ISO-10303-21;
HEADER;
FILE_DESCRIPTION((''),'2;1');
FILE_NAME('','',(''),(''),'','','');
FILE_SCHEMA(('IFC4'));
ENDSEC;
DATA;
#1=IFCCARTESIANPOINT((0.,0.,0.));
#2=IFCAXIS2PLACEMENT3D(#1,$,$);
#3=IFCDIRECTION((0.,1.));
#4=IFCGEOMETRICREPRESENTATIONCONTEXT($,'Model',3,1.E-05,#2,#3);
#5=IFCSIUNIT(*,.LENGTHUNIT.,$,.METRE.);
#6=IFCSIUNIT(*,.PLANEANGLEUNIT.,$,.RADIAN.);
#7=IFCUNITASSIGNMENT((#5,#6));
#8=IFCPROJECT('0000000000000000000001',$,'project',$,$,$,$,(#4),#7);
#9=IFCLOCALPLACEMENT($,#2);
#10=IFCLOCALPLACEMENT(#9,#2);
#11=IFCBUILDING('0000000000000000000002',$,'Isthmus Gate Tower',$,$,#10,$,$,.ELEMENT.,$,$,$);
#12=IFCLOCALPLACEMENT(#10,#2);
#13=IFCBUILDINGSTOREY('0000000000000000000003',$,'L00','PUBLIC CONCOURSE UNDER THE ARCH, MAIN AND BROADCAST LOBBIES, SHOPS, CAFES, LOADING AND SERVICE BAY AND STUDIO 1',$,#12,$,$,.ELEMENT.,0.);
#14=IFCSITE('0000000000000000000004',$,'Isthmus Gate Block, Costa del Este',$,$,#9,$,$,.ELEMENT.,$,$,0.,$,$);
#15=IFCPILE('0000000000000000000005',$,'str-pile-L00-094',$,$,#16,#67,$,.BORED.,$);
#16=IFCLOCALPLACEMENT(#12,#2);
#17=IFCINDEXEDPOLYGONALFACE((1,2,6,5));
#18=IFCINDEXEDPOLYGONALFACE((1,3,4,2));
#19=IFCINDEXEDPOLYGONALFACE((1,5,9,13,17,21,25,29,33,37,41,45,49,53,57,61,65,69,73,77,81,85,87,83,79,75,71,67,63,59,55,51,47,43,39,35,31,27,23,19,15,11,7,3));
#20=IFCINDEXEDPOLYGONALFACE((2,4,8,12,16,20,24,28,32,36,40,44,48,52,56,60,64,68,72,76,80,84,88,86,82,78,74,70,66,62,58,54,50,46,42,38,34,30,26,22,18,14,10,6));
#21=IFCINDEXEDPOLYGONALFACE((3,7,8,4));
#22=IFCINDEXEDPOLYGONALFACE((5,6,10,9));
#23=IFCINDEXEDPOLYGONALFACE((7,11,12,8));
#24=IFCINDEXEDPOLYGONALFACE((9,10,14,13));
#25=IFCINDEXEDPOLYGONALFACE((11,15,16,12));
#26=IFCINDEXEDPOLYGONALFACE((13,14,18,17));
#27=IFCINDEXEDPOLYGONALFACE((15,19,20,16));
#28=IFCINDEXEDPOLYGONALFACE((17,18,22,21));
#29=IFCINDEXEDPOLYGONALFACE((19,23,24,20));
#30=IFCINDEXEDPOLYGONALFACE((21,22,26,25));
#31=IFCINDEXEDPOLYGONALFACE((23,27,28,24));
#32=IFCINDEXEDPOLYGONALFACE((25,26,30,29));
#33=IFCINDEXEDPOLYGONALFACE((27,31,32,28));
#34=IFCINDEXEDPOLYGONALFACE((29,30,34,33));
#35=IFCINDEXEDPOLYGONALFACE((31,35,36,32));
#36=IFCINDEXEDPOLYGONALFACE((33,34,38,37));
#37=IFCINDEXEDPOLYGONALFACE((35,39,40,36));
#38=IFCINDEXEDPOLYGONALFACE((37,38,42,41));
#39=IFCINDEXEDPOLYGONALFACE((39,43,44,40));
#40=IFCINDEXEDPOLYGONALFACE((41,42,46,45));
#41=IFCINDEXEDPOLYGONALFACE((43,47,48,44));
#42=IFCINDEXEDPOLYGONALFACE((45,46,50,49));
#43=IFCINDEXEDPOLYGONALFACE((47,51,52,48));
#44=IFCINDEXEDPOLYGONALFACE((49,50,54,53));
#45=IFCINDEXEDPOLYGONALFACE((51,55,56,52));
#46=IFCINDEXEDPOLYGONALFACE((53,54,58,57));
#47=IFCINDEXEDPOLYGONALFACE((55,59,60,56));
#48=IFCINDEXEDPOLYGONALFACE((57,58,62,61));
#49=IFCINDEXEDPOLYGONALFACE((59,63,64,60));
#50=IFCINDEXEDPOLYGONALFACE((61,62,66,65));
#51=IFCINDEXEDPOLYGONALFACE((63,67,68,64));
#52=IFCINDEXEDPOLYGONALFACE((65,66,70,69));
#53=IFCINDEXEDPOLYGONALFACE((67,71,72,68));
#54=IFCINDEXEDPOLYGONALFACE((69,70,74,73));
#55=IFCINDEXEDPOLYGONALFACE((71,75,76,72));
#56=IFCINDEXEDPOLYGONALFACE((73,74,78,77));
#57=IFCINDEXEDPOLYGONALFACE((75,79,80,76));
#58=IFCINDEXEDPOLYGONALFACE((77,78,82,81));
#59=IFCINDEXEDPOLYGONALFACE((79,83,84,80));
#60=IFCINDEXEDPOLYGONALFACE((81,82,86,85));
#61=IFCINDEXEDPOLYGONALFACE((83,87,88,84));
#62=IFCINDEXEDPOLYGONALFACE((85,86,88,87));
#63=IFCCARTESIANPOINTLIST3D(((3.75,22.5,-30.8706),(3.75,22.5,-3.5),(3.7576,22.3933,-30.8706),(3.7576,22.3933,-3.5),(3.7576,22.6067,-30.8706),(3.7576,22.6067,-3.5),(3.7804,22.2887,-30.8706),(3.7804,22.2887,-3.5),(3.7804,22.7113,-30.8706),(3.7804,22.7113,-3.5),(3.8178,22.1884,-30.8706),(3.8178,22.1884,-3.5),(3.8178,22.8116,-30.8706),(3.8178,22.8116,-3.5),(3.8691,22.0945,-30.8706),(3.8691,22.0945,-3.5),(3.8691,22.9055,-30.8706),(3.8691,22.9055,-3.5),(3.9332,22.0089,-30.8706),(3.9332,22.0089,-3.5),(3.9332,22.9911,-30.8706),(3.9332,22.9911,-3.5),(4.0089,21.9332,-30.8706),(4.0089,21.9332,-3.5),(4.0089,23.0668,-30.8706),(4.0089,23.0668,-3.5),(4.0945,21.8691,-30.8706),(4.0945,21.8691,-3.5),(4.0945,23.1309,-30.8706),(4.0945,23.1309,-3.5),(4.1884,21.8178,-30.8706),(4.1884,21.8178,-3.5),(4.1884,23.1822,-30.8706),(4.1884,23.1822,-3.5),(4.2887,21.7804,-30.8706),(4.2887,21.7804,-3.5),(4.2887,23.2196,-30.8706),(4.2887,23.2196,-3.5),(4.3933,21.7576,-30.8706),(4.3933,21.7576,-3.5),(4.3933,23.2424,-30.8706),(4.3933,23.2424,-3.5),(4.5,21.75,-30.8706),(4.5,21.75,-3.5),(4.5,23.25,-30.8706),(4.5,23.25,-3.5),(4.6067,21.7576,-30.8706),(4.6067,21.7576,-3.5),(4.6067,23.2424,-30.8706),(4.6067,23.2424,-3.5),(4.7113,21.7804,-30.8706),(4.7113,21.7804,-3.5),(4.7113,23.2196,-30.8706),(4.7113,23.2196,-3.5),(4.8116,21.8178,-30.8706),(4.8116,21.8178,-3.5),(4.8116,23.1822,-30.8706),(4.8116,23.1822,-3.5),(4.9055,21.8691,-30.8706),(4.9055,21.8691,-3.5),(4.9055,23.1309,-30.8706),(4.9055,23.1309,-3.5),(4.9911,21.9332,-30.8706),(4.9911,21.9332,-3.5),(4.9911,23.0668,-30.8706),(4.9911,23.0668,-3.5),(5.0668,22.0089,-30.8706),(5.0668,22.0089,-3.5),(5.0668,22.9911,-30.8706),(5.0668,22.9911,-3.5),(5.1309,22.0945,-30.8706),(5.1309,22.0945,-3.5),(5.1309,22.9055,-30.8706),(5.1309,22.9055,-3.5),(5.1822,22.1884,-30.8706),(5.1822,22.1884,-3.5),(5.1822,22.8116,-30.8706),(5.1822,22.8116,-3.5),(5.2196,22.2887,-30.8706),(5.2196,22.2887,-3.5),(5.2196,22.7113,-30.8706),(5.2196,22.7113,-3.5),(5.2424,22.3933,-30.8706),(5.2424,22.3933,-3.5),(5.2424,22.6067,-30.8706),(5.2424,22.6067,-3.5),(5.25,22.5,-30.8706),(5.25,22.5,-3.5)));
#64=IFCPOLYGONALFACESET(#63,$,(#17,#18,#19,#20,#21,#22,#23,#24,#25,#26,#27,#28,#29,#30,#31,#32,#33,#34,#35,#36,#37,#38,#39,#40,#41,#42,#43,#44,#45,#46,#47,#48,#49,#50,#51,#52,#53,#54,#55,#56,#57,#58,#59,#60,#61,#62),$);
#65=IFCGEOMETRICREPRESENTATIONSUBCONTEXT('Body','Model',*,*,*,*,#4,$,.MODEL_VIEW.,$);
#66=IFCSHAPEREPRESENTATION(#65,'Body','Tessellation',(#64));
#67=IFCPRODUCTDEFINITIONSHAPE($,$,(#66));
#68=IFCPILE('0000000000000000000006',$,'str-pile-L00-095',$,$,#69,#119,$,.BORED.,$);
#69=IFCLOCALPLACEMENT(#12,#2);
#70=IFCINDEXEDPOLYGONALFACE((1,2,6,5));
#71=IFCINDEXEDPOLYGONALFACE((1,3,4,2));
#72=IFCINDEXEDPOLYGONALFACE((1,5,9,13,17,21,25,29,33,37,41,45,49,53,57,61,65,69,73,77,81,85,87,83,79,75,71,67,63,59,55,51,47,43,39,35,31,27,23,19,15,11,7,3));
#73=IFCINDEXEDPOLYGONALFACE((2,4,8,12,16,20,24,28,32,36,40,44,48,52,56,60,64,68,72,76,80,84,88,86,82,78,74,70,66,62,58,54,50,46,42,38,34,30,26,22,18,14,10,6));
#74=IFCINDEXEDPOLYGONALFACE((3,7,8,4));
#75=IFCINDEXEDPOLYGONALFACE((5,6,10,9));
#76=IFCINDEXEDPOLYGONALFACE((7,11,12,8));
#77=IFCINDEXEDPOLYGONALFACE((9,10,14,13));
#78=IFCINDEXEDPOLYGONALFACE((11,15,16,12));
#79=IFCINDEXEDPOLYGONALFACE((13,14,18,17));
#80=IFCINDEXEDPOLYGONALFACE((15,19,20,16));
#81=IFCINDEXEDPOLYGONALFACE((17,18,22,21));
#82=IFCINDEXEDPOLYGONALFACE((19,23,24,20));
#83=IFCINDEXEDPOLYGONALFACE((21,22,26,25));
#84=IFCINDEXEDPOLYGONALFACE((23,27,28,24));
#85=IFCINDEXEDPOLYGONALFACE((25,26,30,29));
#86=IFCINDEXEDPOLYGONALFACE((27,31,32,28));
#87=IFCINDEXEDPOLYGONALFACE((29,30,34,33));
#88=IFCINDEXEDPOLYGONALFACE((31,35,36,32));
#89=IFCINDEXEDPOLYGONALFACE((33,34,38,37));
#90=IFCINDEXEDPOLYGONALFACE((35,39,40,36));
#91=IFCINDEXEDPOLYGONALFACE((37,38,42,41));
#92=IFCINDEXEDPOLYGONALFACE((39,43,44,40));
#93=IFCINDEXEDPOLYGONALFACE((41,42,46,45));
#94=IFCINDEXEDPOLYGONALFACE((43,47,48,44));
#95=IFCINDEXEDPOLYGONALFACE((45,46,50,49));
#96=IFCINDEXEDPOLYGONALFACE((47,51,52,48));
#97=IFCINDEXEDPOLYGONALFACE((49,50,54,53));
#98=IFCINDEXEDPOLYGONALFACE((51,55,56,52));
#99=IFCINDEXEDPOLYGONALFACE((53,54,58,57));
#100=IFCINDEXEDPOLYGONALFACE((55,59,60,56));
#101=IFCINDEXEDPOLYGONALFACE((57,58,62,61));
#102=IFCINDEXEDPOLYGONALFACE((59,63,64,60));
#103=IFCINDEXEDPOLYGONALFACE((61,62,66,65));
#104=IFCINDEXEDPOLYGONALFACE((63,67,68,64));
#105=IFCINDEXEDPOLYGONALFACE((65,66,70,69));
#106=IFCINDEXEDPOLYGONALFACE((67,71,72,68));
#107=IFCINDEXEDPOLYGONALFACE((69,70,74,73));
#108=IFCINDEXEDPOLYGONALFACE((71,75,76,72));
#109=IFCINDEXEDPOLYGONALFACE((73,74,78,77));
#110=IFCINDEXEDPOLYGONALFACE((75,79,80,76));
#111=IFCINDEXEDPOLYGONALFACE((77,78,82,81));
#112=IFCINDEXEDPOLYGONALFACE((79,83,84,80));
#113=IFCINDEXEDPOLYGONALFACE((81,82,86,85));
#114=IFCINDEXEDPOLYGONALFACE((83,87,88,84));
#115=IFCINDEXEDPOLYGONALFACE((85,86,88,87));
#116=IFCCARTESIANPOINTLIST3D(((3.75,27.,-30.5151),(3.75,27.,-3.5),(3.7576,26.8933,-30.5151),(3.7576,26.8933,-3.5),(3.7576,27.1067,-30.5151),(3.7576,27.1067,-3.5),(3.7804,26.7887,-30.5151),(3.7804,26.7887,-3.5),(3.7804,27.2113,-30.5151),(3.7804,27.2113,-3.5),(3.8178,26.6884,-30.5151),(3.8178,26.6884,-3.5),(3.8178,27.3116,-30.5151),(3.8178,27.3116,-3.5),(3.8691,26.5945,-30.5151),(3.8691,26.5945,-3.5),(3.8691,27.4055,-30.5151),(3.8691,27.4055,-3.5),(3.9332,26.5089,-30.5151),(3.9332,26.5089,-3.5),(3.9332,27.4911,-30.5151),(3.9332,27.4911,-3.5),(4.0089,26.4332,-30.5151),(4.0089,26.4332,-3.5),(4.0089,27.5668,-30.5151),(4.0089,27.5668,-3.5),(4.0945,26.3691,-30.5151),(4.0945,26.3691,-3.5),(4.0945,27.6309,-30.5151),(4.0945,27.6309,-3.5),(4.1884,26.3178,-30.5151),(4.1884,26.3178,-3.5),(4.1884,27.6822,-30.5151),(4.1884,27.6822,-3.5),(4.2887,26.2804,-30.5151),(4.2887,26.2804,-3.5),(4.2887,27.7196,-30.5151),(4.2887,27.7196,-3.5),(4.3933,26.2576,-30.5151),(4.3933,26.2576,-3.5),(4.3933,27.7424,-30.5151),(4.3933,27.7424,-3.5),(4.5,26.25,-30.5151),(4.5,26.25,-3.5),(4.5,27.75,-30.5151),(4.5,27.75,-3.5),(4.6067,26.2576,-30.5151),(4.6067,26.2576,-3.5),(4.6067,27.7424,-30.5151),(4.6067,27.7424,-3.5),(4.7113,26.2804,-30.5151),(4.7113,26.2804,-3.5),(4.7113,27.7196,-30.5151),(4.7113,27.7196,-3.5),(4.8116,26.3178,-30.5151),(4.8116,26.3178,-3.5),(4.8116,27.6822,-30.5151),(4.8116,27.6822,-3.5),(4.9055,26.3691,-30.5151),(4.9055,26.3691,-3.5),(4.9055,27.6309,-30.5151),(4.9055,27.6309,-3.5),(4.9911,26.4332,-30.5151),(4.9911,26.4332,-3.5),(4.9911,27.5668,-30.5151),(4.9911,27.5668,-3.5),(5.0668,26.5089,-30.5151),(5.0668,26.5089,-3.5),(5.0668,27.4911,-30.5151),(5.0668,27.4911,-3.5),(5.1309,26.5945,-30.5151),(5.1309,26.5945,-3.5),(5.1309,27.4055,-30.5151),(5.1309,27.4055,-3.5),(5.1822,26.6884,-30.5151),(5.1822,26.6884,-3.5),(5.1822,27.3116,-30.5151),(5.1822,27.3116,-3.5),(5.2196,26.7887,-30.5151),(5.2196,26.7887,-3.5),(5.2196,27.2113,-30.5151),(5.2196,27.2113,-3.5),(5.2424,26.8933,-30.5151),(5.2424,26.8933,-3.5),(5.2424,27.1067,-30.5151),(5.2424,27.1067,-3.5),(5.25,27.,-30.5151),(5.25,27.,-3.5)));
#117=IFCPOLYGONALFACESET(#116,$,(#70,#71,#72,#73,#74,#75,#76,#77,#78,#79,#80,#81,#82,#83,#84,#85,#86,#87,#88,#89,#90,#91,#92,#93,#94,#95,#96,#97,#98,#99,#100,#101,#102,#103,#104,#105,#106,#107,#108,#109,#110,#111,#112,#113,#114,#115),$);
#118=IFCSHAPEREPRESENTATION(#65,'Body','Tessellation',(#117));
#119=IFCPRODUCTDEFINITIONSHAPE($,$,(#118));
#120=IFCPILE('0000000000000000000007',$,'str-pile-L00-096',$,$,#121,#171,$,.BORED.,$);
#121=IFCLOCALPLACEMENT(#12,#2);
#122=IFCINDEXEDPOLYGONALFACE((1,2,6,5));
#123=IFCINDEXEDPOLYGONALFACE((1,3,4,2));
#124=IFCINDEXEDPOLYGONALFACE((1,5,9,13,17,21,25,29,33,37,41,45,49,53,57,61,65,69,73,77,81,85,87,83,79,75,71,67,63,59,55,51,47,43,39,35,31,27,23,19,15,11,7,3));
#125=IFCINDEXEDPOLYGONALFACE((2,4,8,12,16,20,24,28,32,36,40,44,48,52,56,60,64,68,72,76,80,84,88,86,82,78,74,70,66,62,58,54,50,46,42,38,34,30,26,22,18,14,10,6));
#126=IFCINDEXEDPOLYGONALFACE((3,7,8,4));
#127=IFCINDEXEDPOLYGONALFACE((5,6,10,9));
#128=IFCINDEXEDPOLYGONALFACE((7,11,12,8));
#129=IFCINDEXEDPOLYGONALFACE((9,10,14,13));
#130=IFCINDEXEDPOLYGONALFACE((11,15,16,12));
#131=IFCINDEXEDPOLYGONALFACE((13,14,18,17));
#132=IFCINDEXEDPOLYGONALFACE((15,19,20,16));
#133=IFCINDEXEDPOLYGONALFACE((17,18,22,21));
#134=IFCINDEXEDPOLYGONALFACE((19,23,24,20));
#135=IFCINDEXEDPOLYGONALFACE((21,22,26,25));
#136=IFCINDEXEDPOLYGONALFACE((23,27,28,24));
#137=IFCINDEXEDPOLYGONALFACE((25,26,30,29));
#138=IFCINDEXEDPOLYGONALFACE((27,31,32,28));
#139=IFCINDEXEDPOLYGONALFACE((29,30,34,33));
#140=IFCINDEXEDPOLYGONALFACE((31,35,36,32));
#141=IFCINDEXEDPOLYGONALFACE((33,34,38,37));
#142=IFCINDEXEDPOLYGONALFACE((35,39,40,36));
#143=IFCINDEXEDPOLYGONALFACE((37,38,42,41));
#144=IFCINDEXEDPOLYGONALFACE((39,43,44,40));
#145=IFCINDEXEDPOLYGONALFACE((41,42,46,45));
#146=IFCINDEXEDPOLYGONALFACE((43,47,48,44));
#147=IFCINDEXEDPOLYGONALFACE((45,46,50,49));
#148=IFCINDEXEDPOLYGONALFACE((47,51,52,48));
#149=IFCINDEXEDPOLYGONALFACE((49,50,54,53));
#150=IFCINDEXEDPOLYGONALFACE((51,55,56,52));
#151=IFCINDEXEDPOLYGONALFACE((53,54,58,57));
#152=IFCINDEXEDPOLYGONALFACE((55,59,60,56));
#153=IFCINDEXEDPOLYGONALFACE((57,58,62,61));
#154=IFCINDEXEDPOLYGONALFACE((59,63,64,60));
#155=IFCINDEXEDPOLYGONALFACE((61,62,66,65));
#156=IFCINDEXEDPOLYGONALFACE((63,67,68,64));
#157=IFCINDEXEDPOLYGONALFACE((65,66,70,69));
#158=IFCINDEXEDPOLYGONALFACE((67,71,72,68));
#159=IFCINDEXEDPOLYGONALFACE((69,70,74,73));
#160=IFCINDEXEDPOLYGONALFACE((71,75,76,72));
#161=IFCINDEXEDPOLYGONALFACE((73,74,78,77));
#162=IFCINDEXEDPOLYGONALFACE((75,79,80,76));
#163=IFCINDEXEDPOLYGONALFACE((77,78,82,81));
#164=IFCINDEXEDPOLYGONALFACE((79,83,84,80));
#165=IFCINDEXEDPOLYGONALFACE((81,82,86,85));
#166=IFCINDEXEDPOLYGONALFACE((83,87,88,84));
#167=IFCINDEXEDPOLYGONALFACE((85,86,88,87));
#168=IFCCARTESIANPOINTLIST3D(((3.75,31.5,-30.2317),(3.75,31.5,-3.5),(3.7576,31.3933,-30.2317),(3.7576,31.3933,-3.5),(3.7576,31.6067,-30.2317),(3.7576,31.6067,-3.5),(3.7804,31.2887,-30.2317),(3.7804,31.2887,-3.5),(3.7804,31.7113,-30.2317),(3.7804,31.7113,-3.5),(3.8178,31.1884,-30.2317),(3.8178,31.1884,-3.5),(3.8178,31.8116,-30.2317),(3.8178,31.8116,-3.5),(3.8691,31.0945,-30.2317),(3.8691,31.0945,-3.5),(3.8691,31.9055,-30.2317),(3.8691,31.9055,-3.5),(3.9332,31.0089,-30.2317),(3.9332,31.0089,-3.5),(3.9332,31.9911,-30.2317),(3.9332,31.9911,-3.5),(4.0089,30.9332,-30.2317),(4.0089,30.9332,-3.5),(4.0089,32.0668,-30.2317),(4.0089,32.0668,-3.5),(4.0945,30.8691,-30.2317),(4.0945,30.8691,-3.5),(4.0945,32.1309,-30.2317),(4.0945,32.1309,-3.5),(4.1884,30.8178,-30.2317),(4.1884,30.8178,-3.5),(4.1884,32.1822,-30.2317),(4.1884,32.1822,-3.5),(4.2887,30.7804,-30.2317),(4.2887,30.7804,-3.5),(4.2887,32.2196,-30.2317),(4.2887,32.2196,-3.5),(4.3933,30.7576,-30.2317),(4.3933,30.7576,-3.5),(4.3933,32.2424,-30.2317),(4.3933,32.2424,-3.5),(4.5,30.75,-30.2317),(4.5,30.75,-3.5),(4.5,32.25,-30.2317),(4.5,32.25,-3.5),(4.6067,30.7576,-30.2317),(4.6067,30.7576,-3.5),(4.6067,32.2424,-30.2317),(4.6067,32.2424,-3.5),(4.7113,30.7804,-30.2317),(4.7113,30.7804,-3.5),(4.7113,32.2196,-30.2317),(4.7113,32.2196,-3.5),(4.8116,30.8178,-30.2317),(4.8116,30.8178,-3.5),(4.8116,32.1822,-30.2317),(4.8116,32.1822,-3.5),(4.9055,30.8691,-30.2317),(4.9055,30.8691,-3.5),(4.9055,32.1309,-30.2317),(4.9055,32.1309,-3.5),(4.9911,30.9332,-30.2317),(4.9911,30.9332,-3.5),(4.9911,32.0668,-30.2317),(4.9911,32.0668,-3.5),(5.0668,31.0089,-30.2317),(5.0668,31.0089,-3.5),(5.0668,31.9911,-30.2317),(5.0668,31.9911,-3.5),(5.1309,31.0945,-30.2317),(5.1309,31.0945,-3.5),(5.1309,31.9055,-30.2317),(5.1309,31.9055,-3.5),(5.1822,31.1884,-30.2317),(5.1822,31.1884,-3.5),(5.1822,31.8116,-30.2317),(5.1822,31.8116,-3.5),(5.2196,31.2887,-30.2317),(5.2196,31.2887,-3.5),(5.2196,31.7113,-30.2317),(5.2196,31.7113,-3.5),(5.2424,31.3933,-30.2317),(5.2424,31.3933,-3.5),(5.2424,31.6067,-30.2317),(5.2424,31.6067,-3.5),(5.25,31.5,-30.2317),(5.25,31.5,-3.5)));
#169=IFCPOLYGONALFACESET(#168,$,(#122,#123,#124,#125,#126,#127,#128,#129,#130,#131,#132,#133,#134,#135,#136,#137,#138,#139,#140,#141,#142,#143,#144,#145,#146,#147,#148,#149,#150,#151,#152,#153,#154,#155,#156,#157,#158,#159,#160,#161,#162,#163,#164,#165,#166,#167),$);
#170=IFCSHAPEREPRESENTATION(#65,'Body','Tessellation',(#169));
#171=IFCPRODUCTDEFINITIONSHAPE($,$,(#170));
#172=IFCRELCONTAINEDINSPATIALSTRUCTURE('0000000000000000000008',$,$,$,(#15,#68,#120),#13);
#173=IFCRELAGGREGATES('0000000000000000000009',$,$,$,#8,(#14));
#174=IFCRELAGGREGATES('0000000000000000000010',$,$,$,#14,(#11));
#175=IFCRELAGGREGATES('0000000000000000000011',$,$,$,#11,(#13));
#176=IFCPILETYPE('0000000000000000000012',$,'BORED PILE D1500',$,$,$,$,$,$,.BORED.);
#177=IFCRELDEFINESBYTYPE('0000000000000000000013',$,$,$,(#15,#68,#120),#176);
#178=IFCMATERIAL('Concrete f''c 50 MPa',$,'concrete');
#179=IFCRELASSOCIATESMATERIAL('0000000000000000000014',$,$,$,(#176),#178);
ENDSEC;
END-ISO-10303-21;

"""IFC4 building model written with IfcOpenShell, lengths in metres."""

from ifc_helpers import new_model, si_unit, direction, frame, origin, origin_2d, place, context, subcontext, project, spatial, circle, extrude, material, material_profile, profile_set, type_object, element, save


model = new_model("IFC4")

# Units and contexts
model_context = context("Model", 3, precision=1e-05, world=origin(), true_north=direction((0.0, 1.0)))
body_context = subcontext(model_context, "Body", "Model", "MODEL_VIEW")
ifc_project = project(units=[si_unit("LENGTHUNIT", "METRE"), si_unit("PLANEANGLEUNIT", "RADIAN")], contexts=[model_context])

# Site, building, storey
site_placement = place(None, origin())
site = spatial("IfcSite", under=ifc_project, at=site_placement, Name="Isthmus Gate Block, Costa del Este", CompositionType="ELEMENT", RefElevation=0.0)
building_placement = place(site_placement, origin())
building = spatial("IfcBuilding", under=site, at=building_placement, Name="Isthmus Gate Tower", CompositionType="ELEMENT")
storey_placement = place(building_placement, origin())
storey = spatial("IfcBuildingStorey", under=building, at=storey_placement, Name="L00", Description="PUBLIC CONCOURSE UNDER THE ARCH, MAIN AND BROADCAST LOBBIES, SHOPS, CAFES, LOADING AND SERVICE BAY AND STUDIO 1", CompositionType="ELEMENT", Elevation=0.0)

# Piles
ifc_material_1 = material(Name="Concrete f'c 50 MPa", Category="concrete")
ifc_material_profile_1 = material_profile(ifc_material_1, circle(Radius=0.75, at=origin_2d()), Name="D1500")
ifc_profile_set_1 = profile_set([ifc_material_profile_1], Name="Concrete f'c 50 MPa")
pile_type_1 = type_object("IfcPileType", Name="BORED PILE D1500", PredefinedType="BORED", material=ifc_profile_set_1)
pile_1_placement = place(storey_placement, frame((4.5, 22.5, -3.5), z_axis=(0.0, 0.0, -1.0), x_axis=(1.0, 0.0, 0.0)))
element("IfcPile", 1, at=pile_1_placement, inside=storey, type_object=pile_type_1, Name="str-pile-L00-094", PredefinedType="BORED", context=body_context, shape_type="SweptSolid", body=[
    extrude(circle(Radius=0.75, at=origin_2d()), origin(), (0.0, 0.0, 1.0), 27.3706),
])
pile_2_placement = place(storey_placement, frame((4.5, 27.0, -3.5), z_axis=(0.0, 0.0, -1.0), x_axis=(1.0, 0.0, 0.0)))
element("IfcPile", 2, at=pile_2_placement, inside=storey, type_object=pile_type_1, Name="str-pile-L00-095", PredefinedType="BORED", context=body_context, shape_type="SweptSolid", body=[
    extrude(circle(Radius=0.75, at=origin_2d()), origin(), (0.0, 0.0, 1.0), 27.0151),
])
pile_3_placement = place(storey_placement, frame((4.5, 31.5, -3.5), z_axis=(0.0, 0.0, -1.0), x_axis=(1.0, 0.0, 0.0)))
element("IfcPile", 3, at=pile_3_placement, inside=storey, type_object=pile_type_1, Name="str-pile-L00-096", PredefinedType="BORED", context=body_context, shape_type="SweptSolid", body=[
    extrude(circle(Radius=0.75, at=origin_2d()), origin(), (0.0, 0.0, 1.0), 26.7317),
])

save(model, "model.ifc")
